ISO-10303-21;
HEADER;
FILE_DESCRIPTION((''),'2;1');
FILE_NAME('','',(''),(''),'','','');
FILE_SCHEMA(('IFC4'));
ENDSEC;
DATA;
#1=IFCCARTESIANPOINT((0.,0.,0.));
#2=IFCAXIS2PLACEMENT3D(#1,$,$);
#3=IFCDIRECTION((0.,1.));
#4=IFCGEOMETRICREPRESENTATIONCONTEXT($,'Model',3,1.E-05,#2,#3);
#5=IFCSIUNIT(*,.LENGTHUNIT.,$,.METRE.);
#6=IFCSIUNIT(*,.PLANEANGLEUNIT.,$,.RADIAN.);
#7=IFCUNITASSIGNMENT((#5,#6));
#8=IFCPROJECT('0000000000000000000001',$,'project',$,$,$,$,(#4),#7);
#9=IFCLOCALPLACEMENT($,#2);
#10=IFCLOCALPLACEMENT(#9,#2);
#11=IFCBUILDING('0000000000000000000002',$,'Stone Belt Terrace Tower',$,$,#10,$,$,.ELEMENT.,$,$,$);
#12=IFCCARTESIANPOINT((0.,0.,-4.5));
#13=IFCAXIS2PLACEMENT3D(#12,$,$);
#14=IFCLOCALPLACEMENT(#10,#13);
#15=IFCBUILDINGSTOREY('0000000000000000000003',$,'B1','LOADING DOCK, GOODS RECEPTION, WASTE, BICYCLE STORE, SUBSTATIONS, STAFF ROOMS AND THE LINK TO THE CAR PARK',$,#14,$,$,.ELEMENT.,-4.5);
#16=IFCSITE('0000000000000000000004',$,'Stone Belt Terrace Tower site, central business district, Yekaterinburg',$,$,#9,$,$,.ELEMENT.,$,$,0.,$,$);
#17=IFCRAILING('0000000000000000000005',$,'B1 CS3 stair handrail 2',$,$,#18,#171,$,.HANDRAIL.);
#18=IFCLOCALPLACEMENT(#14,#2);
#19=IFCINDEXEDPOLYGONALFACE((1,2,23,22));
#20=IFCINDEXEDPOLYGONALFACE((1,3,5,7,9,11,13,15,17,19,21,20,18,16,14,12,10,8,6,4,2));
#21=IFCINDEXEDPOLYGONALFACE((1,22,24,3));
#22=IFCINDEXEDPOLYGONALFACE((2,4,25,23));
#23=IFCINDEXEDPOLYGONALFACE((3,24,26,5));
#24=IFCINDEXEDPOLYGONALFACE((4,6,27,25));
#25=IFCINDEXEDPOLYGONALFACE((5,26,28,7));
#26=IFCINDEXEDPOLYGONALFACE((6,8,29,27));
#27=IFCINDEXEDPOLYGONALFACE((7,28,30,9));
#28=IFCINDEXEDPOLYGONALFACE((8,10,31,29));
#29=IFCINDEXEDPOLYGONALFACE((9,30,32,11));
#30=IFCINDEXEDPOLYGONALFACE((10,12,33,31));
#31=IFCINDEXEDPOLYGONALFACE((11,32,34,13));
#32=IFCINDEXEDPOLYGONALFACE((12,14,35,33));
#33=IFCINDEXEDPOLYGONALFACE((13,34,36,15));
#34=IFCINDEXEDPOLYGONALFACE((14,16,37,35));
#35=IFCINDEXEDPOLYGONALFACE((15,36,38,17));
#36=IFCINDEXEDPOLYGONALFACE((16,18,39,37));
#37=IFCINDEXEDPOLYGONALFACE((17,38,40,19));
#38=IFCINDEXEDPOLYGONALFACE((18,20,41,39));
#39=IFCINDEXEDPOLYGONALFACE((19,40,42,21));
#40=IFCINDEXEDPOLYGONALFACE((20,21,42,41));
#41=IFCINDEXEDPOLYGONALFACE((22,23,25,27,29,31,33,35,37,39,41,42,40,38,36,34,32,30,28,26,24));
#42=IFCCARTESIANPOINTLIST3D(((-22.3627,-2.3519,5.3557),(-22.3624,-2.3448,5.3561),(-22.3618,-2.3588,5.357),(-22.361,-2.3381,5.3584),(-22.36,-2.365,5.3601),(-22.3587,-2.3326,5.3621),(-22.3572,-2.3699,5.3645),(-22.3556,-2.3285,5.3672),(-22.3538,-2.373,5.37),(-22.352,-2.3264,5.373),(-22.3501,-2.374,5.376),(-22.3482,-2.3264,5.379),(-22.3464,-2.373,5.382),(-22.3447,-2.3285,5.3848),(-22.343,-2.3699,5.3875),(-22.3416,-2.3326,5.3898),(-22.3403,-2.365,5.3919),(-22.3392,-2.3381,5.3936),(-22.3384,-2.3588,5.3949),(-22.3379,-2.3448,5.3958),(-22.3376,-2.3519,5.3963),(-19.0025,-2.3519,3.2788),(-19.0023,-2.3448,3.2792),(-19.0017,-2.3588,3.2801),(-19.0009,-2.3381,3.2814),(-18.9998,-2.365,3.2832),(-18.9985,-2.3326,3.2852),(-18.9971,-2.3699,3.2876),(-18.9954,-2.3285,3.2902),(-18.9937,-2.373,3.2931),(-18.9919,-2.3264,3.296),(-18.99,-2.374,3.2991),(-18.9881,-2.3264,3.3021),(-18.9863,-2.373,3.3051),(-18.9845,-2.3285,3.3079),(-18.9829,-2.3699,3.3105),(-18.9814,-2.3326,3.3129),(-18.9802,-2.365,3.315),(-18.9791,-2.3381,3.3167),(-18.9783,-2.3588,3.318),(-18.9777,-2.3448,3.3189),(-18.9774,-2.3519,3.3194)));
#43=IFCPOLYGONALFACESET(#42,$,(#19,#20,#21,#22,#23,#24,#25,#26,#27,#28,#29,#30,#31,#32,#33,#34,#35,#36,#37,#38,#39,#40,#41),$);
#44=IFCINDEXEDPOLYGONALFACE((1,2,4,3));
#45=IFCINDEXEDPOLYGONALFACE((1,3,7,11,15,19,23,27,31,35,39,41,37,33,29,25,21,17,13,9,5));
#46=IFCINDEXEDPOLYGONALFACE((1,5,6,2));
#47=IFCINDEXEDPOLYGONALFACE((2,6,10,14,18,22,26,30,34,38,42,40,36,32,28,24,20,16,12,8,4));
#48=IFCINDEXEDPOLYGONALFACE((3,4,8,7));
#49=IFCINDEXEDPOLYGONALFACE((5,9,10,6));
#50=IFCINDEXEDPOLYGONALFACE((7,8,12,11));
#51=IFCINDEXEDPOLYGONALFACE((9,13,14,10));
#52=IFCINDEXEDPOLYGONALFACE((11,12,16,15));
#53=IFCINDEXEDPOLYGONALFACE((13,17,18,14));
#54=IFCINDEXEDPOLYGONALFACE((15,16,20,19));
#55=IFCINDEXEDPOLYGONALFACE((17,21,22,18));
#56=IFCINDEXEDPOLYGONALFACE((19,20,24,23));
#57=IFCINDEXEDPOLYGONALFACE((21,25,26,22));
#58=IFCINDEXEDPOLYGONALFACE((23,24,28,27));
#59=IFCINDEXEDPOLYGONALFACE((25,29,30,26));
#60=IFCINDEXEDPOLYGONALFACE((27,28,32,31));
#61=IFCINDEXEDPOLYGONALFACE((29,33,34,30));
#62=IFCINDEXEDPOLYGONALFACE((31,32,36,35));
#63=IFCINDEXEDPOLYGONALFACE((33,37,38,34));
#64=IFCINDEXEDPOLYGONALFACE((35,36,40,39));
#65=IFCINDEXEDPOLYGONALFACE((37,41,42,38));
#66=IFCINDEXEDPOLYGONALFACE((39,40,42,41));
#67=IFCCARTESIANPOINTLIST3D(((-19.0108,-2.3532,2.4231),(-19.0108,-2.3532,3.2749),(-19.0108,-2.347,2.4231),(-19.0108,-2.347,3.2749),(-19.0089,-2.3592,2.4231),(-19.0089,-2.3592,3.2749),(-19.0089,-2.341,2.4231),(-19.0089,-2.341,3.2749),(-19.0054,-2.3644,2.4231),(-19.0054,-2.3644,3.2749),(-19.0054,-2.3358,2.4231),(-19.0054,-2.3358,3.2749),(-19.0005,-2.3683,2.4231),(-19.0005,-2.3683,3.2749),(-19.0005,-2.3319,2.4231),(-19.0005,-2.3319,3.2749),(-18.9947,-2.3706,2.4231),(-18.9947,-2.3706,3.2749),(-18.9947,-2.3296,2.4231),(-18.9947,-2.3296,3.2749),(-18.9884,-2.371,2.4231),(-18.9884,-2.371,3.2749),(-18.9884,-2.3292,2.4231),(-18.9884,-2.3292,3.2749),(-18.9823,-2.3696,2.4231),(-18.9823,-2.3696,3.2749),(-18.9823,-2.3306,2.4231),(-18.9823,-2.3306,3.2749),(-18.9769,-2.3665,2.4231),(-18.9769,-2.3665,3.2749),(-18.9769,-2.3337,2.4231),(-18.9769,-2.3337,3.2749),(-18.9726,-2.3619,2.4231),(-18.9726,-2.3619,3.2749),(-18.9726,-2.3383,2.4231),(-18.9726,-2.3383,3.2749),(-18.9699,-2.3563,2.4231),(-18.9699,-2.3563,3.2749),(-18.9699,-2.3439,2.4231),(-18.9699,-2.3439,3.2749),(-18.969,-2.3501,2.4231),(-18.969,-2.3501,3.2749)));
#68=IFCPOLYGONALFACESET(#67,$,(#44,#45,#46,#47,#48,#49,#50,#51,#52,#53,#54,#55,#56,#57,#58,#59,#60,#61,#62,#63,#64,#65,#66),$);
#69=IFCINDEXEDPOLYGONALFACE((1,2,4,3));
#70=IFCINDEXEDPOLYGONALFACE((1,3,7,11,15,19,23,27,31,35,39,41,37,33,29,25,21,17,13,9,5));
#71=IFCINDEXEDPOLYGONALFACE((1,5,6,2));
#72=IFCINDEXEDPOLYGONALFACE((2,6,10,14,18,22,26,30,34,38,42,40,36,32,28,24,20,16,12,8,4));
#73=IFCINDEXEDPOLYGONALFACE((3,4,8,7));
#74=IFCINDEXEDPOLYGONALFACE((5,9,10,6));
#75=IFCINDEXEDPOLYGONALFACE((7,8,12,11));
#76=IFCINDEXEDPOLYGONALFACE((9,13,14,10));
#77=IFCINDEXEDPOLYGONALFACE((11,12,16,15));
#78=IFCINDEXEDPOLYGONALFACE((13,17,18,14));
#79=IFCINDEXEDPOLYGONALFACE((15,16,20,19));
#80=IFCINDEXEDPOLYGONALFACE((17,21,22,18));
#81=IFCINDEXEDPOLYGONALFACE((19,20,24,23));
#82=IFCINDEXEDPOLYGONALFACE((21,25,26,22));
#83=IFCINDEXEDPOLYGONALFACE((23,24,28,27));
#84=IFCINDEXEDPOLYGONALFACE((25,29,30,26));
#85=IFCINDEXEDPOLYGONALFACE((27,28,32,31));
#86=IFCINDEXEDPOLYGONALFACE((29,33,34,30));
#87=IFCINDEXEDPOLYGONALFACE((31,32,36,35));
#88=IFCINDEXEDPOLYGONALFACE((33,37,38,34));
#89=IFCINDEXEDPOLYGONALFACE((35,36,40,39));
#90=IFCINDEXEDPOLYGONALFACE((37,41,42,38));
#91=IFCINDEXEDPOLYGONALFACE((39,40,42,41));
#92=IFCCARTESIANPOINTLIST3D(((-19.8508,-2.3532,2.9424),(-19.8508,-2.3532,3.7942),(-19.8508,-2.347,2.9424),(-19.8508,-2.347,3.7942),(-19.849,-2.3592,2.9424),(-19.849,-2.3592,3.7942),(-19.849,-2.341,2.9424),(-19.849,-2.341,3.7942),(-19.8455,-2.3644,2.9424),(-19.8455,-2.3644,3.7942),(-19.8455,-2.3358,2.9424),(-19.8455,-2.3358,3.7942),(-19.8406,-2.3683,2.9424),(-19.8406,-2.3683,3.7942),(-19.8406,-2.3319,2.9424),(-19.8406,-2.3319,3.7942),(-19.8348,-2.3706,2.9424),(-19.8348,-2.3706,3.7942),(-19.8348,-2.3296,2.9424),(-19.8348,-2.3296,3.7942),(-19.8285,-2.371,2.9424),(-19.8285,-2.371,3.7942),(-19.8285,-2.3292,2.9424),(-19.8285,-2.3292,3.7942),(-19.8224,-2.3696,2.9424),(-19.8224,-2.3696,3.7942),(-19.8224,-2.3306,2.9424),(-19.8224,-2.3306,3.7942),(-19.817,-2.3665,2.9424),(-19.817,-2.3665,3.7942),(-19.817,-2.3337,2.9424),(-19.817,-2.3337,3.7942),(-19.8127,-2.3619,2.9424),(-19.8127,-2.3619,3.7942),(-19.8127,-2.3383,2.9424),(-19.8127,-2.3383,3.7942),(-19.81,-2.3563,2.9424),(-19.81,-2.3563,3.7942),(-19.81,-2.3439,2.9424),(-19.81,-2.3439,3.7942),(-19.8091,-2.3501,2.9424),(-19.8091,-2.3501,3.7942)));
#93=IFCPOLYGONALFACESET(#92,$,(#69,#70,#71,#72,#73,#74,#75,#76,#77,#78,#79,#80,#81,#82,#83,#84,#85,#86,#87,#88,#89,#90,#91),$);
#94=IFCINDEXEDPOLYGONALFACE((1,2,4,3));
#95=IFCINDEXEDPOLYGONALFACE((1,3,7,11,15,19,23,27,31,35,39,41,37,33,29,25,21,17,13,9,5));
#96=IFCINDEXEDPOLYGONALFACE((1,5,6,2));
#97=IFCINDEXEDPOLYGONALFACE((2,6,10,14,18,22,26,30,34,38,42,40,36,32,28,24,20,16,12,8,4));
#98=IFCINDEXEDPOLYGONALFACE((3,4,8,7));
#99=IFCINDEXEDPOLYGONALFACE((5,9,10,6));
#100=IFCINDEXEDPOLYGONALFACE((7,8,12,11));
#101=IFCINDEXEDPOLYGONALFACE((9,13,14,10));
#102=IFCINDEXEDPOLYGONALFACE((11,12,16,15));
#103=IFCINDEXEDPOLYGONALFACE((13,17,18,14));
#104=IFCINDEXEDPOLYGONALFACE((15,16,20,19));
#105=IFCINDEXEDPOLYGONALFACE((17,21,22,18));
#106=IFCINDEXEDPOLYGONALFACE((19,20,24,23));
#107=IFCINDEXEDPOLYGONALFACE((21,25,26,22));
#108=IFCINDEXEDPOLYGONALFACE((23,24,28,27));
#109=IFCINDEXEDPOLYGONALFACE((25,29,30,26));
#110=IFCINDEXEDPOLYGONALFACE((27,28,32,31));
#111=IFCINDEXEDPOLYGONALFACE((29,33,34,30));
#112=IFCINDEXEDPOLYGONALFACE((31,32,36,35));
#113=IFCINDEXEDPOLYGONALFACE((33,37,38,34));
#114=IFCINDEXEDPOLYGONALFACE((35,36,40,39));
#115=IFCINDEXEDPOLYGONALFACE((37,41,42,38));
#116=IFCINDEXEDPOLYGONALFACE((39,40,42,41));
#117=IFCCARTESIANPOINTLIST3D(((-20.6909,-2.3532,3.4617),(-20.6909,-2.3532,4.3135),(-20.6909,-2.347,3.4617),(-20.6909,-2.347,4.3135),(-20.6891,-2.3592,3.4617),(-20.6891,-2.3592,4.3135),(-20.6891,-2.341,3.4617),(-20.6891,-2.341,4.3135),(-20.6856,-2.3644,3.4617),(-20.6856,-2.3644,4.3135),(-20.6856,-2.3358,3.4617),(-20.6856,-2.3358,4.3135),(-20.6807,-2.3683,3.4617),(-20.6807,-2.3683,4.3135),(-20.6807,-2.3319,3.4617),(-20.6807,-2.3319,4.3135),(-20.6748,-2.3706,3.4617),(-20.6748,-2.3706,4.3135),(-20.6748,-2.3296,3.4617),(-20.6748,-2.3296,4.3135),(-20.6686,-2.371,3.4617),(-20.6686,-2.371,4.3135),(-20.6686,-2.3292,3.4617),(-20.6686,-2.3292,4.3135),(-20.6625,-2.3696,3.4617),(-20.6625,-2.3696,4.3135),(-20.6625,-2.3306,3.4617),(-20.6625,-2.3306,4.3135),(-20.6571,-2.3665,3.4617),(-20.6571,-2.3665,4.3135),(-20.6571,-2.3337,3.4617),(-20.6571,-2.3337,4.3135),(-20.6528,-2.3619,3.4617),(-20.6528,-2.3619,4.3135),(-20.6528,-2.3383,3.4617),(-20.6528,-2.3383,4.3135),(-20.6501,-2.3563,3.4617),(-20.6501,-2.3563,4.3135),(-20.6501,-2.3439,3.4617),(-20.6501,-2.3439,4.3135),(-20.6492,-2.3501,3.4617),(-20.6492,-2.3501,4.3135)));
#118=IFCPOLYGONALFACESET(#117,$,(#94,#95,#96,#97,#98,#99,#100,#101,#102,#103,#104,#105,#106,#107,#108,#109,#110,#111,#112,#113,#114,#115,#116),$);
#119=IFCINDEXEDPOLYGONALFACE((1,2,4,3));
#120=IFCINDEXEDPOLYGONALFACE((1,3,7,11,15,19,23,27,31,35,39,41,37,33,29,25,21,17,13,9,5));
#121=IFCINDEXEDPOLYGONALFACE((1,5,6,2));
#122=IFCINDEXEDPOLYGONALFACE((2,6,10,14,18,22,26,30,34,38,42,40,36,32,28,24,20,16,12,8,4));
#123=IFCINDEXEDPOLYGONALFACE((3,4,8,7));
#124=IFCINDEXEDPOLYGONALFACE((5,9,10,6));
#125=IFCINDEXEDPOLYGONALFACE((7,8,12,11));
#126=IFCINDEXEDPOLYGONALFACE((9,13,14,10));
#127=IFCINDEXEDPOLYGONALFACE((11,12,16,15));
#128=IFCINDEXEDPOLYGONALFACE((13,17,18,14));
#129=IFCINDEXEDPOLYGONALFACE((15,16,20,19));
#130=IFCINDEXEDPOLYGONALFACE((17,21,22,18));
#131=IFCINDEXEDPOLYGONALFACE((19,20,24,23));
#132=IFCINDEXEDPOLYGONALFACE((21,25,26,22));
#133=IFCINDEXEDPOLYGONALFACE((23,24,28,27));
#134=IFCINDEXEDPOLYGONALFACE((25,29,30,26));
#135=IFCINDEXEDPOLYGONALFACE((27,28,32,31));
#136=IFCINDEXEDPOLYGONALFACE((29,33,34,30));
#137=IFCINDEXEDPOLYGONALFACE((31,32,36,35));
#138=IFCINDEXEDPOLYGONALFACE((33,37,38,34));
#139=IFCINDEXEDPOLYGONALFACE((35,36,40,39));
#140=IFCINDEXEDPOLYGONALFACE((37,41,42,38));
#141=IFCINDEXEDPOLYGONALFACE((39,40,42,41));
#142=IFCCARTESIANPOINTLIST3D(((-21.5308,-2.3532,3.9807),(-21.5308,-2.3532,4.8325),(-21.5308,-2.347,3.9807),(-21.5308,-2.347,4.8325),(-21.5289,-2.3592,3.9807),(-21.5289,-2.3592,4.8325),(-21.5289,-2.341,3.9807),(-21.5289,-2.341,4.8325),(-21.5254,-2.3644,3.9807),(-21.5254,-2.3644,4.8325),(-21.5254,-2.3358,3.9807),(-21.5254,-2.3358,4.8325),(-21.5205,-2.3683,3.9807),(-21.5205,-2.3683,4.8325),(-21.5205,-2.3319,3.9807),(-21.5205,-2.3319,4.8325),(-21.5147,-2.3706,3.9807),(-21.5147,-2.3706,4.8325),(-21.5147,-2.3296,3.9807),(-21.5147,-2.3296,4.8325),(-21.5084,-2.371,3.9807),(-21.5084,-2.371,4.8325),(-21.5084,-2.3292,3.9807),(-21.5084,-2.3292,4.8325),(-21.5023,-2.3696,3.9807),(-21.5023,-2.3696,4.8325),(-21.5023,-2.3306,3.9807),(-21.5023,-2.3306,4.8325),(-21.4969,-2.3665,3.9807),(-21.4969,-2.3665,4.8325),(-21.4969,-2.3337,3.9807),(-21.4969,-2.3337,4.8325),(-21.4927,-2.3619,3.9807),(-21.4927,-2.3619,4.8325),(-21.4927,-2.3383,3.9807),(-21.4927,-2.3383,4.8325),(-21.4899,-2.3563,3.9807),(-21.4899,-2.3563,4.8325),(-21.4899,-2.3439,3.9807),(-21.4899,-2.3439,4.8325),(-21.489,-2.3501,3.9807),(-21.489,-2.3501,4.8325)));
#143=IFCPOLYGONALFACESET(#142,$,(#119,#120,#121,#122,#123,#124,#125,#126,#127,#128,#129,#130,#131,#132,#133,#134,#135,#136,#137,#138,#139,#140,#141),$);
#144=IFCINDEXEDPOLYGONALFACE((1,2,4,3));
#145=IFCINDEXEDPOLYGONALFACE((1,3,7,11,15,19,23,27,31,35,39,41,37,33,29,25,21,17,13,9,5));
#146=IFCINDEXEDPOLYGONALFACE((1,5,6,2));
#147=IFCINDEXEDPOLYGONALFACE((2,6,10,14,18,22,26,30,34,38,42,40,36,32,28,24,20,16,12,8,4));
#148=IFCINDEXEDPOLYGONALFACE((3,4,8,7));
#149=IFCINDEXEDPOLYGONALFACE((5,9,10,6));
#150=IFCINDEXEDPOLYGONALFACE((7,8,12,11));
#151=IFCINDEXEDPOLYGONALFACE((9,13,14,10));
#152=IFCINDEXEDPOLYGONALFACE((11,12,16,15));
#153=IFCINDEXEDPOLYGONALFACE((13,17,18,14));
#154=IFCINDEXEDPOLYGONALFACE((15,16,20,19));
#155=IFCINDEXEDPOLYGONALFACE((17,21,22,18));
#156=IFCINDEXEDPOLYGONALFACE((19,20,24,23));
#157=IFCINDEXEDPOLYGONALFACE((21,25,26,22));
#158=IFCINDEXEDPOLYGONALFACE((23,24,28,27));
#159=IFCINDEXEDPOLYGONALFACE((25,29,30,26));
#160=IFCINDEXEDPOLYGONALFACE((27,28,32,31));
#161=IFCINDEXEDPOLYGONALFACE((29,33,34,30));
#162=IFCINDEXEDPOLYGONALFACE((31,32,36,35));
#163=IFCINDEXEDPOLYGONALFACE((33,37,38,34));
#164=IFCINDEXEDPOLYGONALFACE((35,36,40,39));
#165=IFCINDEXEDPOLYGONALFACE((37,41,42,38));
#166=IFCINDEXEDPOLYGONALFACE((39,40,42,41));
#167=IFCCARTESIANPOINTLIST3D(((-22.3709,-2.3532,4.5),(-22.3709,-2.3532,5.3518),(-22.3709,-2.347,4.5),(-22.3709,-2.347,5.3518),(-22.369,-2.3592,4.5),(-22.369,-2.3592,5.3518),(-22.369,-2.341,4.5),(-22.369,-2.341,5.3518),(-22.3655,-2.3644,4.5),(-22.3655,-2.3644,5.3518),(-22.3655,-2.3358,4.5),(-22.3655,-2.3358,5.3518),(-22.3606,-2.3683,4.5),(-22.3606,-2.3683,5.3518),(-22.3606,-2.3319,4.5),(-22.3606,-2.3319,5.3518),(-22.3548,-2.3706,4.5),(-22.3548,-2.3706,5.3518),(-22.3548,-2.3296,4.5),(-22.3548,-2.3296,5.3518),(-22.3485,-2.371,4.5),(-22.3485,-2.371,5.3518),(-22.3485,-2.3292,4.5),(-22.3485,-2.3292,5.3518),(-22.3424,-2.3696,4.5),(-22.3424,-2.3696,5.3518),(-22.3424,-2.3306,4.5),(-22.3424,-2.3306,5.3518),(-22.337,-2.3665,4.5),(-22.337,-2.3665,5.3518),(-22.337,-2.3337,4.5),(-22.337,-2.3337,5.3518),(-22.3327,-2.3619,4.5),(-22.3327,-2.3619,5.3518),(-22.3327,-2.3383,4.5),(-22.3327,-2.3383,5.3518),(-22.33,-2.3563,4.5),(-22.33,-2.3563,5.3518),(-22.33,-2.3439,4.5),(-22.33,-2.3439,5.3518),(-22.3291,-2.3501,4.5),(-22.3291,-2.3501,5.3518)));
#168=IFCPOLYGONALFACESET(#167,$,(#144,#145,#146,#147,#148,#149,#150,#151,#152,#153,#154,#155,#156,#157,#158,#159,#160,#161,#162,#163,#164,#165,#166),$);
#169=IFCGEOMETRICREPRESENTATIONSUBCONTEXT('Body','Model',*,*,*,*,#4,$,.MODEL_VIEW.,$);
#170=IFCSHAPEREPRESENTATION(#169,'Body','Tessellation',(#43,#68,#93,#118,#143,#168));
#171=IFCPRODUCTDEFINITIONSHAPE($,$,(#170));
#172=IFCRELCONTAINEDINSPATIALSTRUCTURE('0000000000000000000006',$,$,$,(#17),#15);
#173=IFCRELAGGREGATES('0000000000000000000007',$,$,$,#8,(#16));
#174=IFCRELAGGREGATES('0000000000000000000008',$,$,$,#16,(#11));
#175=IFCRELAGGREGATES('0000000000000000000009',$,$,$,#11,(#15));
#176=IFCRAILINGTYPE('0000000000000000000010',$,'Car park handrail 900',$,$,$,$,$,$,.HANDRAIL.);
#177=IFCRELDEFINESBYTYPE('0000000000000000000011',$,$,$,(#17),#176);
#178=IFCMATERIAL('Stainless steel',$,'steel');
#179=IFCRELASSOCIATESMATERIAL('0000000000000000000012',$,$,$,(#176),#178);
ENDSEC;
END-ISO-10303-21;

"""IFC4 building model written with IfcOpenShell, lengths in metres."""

from ifc_helpers import new_model, si_unit, direction, frame, origin, origin_2d, place, context, subcontext, project, spatial, circle, extrude, material, type_object, element, save


model = new_model("IFC4")

# Units and contexts
model_context = context("Model", 3, precision=1e-05, world=origin(), true_north=direction((0.0, 1.0)))
body_context = subcontext(model_context, "Body", "Model", "MODEL_VIEW")
ifc_project = project(units=[si_unit("LENGTHUNIT", "METRE"), si_unit("PLANEANGLEUNIT", "RADIAN")], contexts=[model_context])

# Site, building, storey
site_placement = place(None, origin())
site = spatial("IfcSite", under=ifc_project, at=site_placement, Name="Stone Belt Terrace Tower site, central business district, Yekaterinburg", CompositionType="ELEMENT", RefElevation=0.0)
building_placement = place(site_placement, origin())
building = spatial("IfcBuilding", under=site, at=building_placement, Name="Stone Belt Terrace Tower", CompositionType="ELEMENT")
storey_placement = place(building_placement, frame((0.0, 0.0, -4.5)))
storey = spatial("IfcBuildingStorey", under=building, at=storey_placement, Name="B1", Description="LOADING DOCK, GOODS RECEPTION, WASTE, BICYCLE STORE, SUBSTATIONS, STAFF ROOMS AND THE LINK TO THE CAR PARK", CompositionType="ELEMENT", Elevation=-4.5)

# Railing
ifc_material_1 = material(Name="Stainless steel", Category="steel")
railing_type_1 = type_object("IfcRailingType", Name="Car park handrail 900", PredefinedType="HANDRAIL", material=ifc_material_1)
railing_1_placement = place(storey_placement, frame((-18.99, -2.3501, 2.4231)))
element("IfcRailing", 1, at=railing_1_placement, inside=storey, type_object=railing_type_1, Name="B1 CS3 stair handrail 2", PredefinedType="HANDRAIL", context=body_context, shape_type="SweptSolid", body=[
    extrude(circle(Radius=0.0239, at=origin_2d()), frame((0.0, 0.0, 0.876), z_axis=(-0.850623, 0.0, 0.525776), x_axis=(0.0, -1.0, 0.0)), (0.0, 0.0, 1.0), 3.9502),
    extrude(circle(Radius=0.021, at=origin_2d()), origin(), (0.0, 0.0, 1.0), 0.8518),
    extrude(circle(Radius=0.021, at=origin_2d()), frame((-0.8401, 0.0, 0.5193)), (0.0, 0.0, 1.0), 0.8518),
    extrude(circle(Radius=0.021, at=origin_2d()), frame((-1.6802, 0.0, 1.0386)), (0.0, 0.0, 1.0), 0.8518),
    extrude(circle(Radius=0.021, at=origin_2d()), frame((-2.52, 0.0, 1.5576)), (0.0, 0.0, 1.0), 0.8518),
    extrude(circle(Radius=0.021, at=origin_2d()), frame((-3.3601, 0.0, 2.0769)), (0.0, 0.0, 1.0), 0.8518),
])

save(model, "model.ifc")
